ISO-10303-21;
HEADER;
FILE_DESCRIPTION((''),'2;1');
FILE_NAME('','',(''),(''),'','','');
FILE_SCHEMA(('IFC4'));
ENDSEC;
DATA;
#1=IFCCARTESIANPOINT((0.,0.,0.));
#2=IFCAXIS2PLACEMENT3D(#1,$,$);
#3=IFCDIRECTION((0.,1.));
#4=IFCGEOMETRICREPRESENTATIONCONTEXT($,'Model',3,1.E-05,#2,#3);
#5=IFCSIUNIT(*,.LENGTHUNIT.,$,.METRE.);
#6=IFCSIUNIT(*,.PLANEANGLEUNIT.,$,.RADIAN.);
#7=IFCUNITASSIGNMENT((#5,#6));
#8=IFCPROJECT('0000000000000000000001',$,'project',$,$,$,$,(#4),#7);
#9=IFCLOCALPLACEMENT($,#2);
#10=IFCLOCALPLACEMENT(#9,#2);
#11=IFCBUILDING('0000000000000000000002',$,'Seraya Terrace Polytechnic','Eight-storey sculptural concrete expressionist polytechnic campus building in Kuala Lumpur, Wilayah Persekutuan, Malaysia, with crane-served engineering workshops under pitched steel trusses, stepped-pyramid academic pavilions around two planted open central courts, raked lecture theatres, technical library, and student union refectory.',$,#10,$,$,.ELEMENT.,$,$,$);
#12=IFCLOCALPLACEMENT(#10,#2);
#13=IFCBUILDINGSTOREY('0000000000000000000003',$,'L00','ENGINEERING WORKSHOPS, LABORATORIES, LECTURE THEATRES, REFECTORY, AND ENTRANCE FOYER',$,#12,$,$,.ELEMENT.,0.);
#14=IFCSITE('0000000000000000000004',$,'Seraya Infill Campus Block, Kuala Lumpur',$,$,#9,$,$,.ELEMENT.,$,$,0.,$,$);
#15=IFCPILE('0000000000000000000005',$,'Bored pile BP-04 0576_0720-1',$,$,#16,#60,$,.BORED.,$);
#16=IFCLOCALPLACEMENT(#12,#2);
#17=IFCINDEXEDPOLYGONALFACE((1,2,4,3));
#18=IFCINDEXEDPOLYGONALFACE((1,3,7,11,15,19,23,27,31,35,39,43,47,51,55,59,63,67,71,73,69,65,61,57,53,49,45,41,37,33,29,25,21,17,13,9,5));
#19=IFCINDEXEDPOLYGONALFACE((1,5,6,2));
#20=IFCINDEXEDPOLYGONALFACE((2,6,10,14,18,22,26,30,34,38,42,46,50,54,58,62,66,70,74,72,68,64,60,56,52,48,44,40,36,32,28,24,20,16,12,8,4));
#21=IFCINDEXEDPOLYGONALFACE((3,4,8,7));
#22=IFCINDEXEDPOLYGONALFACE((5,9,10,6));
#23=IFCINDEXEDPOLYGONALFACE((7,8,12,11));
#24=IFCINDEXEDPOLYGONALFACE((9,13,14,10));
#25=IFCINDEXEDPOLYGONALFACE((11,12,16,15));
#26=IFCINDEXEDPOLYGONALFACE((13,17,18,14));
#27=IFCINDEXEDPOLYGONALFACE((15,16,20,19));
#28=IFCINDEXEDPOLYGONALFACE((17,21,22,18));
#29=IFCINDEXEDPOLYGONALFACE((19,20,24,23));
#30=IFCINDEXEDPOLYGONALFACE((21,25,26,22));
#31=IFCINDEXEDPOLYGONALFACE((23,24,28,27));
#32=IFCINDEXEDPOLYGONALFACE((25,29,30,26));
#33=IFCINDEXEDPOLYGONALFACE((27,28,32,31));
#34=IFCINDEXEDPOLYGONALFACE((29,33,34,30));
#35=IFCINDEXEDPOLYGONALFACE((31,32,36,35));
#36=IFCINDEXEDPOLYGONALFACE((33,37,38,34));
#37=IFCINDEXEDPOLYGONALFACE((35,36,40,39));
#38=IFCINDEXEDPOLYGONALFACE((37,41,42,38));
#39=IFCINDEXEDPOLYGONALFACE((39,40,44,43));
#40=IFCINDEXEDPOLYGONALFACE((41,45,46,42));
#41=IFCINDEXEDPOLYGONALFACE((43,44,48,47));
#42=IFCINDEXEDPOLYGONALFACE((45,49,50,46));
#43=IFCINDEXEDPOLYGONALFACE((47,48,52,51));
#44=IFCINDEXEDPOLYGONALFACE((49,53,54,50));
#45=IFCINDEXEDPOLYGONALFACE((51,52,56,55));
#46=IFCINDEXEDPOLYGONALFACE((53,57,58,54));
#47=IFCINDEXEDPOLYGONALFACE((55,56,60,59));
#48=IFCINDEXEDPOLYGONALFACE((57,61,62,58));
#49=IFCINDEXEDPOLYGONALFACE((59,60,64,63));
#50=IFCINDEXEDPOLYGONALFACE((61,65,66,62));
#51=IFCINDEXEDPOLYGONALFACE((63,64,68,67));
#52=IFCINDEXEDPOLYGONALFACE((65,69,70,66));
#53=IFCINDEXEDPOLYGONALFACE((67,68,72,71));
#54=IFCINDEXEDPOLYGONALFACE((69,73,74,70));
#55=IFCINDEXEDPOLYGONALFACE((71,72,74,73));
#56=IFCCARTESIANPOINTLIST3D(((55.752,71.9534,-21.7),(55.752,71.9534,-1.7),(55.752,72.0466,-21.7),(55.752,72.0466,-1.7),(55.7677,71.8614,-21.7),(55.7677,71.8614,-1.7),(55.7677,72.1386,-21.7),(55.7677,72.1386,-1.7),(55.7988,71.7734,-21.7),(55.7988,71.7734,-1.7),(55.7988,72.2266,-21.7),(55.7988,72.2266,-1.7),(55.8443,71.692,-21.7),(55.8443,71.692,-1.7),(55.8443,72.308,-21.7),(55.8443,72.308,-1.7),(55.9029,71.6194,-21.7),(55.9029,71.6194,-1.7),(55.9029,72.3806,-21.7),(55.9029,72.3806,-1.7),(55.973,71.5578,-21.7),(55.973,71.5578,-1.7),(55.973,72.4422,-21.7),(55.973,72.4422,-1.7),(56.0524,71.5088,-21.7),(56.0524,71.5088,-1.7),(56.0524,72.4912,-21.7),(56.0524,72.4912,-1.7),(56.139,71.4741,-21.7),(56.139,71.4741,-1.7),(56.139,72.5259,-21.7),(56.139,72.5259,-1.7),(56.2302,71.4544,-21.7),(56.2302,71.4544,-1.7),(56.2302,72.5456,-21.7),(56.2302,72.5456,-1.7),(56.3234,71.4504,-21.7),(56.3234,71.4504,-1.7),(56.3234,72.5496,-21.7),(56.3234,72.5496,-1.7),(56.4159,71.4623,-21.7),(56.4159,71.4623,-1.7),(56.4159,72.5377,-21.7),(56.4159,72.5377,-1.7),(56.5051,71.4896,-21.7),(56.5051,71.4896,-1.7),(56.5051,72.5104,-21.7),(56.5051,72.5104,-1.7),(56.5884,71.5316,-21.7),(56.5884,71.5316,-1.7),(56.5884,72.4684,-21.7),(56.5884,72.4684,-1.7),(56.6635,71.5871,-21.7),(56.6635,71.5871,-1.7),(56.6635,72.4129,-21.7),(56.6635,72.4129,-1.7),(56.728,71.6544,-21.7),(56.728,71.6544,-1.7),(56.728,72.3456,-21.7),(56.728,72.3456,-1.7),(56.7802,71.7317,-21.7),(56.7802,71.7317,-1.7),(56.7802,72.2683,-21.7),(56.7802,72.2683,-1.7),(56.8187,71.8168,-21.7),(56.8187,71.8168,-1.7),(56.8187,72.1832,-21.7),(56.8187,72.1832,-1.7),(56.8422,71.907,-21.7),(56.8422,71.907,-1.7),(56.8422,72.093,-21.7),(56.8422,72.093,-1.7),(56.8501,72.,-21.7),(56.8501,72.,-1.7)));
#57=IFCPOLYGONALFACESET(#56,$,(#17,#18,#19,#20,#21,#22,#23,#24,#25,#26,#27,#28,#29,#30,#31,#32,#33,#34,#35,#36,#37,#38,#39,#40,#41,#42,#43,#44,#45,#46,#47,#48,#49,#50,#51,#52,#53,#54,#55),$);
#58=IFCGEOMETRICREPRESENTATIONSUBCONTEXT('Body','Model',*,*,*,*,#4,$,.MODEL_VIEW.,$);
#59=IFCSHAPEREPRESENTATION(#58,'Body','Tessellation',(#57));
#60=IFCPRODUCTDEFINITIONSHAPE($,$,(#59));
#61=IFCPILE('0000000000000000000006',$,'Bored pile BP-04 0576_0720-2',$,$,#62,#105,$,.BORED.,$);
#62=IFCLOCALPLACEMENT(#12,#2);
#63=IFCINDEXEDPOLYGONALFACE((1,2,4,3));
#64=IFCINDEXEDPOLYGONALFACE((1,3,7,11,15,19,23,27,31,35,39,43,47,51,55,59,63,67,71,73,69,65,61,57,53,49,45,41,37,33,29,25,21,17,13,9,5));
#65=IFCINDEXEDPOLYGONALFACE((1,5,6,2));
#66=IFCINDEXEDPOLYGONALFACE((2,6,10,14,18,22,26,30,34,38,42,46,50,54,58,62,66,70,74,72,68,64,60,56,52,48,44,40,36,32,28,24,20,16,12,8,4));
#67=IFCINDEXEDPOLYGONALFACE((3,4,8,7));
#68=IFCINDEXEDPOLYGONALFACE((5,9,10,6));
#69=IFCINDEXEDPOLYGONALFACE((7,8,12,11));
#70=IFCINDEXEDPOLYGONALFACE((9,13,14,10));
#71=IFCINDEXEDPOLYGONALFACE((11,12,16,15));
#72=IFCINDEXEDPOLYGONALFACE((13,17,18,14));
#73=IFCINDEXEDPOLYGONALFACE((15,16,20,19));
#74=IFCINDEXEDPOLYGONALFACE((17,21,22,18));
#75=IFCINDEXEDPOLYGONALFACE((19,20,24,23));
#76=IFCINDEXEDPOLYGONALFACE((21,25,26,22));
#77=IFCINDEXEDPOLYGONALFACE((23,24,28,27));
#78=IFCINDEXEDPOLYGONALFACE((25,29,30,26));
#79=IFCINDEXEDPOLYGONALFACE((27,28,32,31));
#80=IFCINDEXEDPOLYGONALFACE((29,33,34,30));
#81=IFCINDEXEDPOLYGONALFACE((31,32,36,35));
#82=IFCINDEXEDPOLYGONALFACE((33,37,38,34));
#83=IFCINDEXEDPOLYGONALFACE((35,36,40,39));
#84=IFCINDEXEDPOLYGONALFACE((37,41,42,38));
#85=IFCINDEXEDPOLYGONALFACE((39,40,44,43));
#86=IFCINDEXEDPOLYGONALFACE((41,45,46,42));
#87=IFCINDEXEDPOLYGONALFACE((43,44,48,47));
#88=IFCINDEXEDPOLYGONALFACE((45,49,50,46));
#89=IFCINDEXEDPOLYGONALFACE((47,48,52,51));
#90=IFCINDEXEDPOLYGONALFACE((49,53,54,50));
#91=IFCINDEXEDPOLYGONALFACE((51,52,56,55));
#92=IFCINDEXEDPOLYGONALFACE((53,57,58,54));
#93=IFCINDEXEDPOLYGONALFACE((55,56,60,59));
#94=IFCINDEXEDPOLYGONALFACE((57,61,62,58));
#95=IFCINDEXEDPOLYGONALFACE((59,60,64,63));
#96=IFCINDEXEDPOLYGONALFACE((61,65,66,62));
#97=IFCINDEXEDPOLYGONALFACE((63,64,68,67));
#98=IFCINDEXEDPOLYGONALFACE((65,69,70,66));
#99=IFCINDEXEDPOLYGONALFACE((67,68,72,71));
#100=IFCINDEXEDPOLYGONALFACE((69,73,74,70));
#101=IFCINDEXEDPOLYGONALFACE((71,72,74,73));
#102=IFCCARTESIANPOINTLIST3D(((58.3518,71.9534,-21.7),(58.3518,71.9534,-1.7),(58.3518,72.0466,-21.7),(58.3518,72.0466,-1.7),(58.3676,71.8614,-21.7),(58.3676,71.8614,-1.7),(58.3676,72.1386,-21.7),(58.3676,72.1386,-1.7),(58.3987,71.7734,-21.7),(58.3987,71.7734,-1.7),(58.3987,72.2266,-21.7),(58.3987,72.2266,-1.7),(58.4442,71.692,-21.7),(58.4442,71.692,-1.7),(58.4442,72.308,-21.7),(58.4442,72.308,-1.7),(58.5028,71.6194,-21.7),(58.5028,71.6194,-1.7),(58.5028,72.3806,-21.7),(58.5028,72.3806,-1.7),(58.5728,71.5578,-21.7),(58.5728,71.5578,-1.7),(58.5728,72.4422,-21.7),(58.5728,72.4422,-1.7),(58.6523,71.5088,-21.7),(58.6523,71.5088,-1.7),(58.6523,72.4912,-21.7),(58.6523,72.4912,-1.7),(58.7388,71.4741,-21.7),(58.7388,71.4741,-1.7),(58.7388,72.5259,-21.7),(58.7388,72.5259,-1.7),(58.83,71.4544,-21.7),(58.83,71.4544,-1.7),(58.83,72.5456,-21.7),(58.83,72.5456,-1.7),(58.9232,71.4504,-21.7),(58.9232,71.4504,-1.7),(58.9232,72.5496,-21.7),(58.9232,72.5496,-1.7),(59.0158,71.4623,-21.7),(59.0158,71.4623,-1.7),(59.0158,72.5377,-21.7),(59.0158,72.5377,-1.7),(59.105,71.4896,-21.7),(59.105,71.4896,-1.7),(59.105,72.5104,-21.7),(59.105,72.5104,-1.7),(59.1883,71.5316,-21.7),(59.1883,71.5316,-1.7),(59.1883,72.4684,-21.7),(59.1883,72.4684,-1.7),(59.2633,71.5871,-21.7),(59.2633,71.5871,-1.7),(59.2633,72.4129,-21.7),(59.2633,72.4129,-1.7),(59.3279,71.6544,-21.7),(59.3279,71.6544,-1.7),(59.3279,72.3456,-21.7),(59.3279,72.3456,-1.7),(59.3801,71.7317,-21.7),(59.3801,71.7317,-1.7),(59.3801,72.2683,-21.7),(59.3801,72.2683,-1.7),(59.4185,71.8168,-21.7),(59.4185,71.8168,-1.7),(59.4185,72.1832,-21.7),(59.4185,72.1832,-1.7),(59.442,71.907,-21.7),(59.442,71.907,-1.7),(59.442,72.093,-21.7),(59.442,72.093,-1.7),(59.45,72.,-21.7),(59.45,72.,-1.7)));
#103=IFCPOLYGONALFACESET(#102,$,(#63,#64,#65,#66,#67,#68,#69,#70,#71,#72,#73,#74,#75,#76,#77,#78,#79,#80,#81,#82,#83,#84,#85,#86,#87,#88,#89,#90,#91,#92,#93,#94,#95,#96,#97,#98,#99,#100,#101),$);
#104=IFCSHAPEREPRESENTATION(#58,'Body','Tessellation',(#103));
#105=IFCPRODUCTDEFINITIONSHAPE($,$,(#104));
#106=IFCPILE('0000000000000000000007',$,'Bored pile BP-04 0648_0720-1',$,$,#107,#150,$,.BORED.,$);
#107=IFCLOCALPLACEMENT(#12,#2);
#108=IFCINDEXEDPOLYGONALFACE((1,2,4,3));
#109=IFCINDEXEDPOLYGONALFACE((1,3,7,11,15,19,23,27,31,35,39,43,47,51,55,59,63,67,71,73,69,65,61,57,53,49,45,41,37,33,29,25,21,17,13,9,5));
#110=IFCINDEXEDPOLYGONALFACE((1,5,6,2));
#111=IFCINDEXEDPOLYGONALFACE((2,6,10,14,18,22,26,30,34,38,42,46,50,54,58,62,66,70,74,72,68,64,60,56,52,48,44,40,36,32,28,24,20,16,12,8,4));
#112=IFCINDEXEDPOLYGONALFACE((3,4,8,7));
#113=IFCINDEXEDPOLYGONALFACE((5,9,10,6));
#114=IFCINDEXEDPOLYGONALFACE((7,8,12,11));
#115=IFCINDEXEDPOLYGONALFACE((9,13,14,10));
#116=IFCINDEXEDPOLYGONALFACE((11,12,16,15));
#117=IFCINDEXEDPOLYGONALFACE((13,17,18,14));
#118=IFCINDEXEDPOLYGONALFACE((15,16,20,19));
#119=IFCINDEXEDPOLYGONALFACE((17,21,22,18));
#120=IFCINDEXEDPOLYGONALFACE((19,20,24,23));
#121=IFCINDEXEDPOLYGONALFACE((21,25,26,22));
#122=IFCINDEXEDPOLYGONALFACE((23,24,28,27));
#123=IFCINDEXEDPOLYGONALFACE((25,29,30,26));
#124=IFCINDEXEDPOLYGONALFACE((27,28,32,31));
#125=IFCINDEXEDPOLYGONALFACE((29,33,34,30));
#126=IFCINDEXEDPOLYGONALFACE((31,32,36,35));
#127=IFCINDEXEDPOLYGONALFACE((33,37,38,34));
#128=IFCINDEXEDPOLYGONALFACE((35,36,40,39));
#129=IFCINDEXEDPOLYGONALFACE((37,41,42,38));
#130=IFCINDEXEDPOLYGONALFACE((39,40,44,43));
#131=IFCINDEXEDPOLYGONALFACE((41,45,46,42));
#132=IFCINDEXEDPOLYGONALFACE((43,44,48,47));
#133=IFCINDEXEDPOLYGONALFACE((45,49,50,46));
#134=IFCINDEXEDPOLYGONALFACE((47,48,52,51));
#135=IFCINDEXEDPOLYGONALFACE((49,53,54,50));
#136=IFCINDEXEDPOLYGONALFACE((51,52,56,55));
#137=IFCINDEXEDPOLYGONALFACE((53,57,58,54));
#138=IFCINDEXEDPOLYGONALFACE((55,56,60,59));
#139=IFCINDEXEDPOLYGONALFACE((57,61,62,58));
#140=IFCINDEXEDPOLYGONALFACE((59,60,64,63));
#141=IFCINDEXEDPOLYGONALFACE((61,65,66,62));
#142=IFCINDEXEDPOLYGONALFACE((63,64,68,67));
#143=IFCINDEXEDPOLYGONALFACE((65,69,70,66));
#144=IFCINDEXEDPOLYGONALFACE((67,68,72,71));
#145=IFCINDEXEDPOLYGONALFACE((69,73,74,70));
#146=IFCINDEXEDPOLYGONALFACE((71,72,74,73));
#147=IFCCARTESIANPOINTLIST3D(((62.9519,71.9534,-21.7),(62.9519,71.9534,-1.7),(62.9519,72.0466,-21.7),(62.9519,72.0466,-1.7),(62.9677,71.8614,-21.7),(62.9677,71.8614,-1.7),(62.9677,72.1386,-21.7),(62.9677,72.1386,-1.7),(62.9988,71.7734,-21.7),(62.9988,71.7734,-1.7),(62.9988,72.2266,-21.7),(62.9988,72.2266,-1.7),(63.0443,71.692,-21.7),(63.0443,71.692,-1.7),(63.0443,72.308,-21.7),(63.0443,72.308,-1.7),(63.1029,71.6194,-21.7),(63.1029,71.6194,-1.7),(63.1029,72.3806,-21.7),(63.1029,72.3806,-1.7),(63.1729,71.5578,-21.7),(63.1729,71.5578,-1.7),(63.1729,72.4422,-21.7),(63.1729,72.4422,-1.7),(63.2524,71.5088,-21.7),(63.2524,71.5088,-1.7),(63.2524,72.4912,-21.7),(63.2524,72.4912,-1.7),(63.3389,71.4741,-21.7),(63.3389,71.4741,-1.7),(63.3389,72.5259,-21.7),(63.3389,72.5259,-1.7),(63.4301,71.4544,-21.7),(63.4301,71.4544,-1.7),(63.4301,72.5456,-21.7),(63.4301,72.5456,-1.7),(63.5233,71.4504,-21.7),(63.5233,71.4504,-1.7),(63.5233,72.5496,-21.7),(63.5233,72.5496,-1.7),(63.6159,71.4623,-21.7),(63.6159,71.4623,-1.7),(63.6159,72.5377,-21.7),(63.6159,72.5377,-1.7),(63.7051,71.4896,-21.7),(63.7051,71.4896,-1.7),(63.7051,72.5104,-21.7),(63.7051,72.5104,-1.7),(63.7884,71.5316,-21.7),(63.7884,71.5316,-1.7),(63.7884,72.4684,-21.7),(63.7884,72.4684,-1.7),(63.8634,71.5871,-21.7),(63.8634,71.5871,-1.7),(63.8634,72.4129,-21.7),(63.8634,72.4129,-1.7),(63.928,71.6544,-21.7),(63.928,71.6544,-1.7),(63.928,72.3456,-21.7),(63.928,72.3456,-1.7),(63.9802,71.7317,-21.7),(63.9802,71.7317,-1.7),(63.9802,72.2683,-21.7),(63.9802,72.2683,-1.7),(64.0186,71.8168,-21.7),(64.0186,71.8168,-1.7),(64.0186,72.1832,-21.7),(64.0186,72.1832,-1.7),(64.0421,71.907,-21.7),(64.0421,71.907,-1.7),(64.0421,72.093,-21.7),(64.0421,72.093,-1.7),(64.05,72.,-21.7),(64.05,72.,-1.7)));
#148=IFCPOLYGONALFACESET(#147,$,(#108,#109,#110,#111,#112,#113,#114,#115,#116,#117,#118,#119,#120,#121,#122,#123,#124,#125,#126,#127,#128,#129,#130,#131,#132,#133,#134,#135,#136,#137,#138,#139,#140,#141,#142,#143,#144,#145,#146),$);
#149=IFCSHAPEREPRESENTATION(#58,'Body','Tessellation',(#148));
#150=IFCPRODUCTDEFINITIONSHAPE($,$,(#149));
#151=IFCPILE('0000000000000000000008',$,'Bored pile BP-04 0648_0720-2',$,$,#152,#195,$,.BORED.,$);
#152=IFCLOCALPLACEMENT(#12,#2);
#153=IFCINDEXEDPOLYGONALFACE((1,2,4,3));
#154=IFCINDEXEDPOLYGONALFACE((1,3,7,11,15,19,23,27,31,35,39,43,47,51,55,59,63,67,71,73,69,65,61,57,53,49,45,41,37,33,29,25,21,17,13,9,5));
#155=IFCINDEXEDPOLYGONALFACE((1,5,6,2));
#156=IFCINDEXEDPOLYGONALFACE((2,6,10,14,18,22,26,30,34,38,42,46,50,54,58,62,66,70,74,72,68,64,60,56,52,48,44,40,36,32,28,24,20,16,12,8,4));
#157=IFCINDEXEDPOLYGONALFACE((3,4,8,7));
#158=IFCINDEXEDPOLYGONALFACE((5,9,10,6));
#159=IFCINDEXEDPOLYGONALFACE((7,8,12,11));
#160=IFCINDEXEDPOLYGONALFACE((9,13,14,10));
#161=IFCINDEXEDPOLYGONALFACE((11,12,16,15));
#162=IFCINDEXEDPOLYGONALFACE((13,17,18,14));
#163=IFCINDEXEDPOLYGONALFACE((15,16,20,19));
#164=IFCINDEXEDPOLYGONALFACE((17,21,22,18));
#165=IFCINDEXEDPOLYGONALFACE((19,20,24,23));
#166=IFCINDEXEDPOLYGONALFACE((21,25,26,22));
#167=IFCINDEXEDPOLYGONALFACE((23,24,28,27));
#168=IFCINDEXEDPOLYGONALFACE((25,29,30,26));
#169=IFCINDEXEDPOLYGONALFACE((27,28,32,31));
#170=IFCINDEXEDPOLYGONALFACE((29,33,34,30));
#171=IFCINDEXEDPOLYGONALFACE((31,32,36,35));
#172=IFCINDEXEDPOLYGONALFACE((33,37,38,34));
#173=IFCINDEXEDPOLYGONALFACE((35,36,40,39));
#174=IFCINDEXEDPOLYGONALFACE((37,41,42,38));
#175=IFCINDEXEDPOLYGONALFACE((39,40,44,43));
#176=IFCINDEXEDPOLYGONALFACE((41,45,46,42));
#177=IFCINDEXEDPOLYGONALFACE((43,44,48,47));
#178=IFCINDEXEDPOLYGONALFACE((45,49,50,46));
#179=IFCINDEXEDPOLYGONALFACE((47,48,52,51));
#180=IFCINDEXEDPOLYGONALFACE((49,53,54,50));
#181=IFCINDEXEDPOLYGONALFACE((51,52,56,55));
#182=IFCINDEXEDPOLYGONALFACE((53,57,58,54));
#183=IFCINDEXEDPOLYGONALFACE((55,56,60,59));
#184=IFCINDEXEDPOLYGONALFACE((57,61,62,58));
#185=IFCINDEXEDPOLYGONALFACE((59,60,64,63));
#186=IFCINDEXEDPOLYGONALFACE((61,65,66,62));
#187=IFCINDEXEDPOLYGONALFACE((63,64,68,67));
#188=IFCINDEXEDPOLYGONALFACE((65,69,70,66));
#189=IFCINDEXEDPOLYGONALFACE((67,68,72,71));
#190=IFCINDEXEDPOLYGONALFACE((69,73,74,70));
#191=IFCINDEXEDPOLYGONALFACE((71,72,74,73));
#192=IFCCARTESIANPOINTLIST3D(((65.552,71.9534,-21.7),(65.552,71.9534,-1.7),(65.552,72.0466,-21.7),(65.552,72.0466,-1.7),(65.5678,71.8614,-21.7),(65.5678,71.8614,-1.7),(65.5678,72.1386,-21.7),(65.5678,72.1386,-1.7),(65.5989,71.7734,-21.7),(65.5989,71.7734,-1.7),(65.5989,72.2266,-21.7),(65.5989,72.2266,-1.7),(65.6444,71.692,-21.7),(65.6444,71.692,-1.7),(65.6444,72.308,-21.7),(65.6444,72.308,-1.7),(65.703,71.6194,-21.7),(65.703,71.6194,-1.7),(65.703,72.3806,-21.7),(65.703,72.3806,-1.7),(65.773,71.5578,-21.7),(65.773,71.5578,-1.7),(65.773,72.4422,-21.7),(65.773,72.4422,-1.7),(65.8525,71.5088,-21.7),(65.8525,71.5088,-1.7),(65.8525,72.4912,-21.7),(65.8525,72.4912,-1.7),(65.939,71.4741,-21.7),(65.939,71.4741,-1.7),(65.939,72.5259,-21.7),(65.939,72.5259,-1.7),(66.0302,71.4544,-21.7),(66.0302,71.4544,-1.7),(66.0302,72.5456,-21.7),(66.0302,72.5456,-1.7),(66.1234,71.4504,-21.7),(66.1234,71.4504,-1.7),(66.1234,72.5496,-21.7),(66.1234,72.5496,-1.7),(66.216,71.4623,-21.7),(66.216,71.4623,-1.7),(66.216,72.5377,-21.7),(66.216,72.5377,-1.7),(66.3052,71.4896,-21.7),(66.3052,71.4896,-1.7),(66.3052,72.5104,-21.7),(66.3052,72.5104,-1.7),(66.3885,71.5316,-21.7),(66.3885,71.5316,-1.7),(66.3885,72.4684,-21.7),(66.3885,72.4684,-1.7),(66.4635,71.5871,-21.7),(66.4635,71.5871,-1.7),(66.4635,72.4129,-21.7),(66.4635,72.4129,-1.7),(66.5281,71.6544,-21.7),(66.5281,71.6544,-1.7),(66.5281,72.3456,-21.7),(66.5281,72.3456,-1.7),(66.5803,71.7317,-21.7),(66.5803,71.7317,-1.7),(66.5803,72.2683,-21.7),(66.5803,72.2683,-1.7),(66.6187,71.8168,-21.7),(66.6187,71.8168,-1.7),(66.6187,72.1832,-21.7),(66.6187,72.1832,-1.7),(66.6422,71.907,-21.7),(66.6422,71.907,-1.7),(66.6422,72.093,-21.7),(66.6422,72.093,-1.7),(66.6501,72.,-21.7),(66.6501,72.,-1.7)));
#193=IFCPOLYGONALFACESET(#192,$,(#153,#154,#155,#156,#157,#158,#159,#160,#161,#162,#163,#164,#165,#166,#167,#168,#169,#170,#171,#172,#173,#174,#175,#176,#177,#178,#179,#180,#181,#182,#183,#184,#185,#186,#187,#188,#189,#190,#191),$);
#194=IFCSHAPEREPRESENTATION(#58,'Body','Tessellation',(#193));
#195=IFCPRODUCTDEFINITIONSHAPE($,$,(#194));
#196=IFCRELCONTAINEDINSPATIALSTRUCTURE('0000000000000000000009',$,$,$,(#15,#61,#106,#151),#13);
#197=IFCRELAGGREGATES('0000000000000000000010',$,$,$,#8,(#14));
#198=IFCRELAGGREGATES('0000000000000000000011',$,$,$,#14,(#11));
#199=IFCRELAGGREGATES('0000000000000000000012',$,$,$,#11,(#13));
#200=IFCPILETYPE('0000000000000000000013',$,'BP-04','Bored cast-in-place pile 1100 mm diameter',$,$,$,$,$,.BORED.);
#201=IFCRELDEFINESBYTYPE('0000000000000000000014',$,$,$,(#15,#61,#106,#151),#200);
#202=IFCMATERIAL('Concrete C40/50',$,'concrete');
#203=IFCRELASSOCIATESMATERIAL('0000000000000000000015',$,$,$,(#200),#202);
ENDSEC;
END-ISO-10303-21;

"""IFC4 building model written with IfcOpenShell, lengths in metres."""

from ifc_helpers import new_model, si_unit, direction, frame, origin, origin_2d, place, context, subcontext, project, spatial, circle, extrude, material, material_profile, profile_set, type_object, element, save


model = new_model("IFC4")

# Units and contexts
model_context = context("Model", 3, precision=1e-05, world=origin(), true_north=direction((0.0, 1.0)))
body_context = subcontext(model_context, "Body", "Model", "MODEL_VIEW")
ifc_project = project(units=[si_unit("LENGTHUNIT", "METRE"), si_unit("PLANEANGLEUNIT", "RADIAN")], contexts=[model_context])

# Site, building, storey
site_placement = place(None, origin())
site = spatial("IfcSite", under=ifc_project, at=site_placement, Name="Seraya Infill Campus Block, Kuala Lumpur", CompositionType="ELEMENT", RefElevation=0.0)
building_placement = place(site_placement, origin())
building = spatial("IfcBuilding", under=site, at=building_placement, Name="Seraya Terrace Polytechnic", Description="Eight-storey sculptural concrete expressionist polytechnic campus building in Kuala Lumpur, Wilayah Persekutuan, Malaysia, with crane-served engineering workshops under pitched steel trusses, stepped-pyramid academic pavilions around two planted open central courts, raked lecture theatres, technical library, and student union refectory.", CompositionType="ELEMENT")
storey_placement = place(building_placement, origin())
storey = spatial("IfcBuildingStorey", under=building, at=storey_placement, Name="L00", Description="ENGINEERING WORKSHOPS, LABORATORIES, LECTURE THEATRES, REFECTORY, AND ENTRANCE FOYER", CompositionType="ELEMENT", Elevation=0.0)

# Piles
ifc_material_1 = material(Name="Concrete C40/50", Category="concrete")
ifc_material_profile_1 = material_profile(ifc_material_1, circle(Radius=0.55, at=origin_2d()), Name="DIA 1100")
ifc_profile_set_1 = profile_set([ifc_material_profile_1], Name="Concrete C40/50")
pile_type = type_object("IfcPileType", Name="BP-04", Description="Bored cast-in-place pile 1100 mm diameter", PredefinedType="BORED", material=ifc_profile_set_1)
for number, where, z_axis, x_axis, name in (
    (1, (56.3, 72.0, -1.7), (0.0, 0.0, -1.0), (1.0, 0.0, 0.0), "Bored pile BP-04 0576_0720-1"),
    (2, (58.8999, 72.0, -1.7), (0.0, 0.0, -1.0), (1.0, 0.0, 0.0), "Bored pile BP-04 0576_0720-2"),
    (3, (63.5, 72.0, -1.7), (0.0, 0.0, -1.0), (1.0, 0.0, 0.0), "Bored pile BP-04 0648_0720-1"),
    (4, (66.1001, 72.0, -1.7), (0.0, 0.0, -1.0), (1.0, 0.0, 0.0), "Bored pile BP-04 0648_0720-2"),
):
    element("IfcPile", number, at=place(storey_placement, frame(where, z_axis=z_axis, x_axis=x_axis)), inside=storey, type_object=pile_type, Name=name, PredefinedType="BORED", context=body_context, shape_type="SweptSolid", body=[
        extrude(circle(Radius=0.55, at=origin_2d()), origin(), (0.0, 0.0, 1.0), 20.0),
    ])

save(model, "model.ifc")
